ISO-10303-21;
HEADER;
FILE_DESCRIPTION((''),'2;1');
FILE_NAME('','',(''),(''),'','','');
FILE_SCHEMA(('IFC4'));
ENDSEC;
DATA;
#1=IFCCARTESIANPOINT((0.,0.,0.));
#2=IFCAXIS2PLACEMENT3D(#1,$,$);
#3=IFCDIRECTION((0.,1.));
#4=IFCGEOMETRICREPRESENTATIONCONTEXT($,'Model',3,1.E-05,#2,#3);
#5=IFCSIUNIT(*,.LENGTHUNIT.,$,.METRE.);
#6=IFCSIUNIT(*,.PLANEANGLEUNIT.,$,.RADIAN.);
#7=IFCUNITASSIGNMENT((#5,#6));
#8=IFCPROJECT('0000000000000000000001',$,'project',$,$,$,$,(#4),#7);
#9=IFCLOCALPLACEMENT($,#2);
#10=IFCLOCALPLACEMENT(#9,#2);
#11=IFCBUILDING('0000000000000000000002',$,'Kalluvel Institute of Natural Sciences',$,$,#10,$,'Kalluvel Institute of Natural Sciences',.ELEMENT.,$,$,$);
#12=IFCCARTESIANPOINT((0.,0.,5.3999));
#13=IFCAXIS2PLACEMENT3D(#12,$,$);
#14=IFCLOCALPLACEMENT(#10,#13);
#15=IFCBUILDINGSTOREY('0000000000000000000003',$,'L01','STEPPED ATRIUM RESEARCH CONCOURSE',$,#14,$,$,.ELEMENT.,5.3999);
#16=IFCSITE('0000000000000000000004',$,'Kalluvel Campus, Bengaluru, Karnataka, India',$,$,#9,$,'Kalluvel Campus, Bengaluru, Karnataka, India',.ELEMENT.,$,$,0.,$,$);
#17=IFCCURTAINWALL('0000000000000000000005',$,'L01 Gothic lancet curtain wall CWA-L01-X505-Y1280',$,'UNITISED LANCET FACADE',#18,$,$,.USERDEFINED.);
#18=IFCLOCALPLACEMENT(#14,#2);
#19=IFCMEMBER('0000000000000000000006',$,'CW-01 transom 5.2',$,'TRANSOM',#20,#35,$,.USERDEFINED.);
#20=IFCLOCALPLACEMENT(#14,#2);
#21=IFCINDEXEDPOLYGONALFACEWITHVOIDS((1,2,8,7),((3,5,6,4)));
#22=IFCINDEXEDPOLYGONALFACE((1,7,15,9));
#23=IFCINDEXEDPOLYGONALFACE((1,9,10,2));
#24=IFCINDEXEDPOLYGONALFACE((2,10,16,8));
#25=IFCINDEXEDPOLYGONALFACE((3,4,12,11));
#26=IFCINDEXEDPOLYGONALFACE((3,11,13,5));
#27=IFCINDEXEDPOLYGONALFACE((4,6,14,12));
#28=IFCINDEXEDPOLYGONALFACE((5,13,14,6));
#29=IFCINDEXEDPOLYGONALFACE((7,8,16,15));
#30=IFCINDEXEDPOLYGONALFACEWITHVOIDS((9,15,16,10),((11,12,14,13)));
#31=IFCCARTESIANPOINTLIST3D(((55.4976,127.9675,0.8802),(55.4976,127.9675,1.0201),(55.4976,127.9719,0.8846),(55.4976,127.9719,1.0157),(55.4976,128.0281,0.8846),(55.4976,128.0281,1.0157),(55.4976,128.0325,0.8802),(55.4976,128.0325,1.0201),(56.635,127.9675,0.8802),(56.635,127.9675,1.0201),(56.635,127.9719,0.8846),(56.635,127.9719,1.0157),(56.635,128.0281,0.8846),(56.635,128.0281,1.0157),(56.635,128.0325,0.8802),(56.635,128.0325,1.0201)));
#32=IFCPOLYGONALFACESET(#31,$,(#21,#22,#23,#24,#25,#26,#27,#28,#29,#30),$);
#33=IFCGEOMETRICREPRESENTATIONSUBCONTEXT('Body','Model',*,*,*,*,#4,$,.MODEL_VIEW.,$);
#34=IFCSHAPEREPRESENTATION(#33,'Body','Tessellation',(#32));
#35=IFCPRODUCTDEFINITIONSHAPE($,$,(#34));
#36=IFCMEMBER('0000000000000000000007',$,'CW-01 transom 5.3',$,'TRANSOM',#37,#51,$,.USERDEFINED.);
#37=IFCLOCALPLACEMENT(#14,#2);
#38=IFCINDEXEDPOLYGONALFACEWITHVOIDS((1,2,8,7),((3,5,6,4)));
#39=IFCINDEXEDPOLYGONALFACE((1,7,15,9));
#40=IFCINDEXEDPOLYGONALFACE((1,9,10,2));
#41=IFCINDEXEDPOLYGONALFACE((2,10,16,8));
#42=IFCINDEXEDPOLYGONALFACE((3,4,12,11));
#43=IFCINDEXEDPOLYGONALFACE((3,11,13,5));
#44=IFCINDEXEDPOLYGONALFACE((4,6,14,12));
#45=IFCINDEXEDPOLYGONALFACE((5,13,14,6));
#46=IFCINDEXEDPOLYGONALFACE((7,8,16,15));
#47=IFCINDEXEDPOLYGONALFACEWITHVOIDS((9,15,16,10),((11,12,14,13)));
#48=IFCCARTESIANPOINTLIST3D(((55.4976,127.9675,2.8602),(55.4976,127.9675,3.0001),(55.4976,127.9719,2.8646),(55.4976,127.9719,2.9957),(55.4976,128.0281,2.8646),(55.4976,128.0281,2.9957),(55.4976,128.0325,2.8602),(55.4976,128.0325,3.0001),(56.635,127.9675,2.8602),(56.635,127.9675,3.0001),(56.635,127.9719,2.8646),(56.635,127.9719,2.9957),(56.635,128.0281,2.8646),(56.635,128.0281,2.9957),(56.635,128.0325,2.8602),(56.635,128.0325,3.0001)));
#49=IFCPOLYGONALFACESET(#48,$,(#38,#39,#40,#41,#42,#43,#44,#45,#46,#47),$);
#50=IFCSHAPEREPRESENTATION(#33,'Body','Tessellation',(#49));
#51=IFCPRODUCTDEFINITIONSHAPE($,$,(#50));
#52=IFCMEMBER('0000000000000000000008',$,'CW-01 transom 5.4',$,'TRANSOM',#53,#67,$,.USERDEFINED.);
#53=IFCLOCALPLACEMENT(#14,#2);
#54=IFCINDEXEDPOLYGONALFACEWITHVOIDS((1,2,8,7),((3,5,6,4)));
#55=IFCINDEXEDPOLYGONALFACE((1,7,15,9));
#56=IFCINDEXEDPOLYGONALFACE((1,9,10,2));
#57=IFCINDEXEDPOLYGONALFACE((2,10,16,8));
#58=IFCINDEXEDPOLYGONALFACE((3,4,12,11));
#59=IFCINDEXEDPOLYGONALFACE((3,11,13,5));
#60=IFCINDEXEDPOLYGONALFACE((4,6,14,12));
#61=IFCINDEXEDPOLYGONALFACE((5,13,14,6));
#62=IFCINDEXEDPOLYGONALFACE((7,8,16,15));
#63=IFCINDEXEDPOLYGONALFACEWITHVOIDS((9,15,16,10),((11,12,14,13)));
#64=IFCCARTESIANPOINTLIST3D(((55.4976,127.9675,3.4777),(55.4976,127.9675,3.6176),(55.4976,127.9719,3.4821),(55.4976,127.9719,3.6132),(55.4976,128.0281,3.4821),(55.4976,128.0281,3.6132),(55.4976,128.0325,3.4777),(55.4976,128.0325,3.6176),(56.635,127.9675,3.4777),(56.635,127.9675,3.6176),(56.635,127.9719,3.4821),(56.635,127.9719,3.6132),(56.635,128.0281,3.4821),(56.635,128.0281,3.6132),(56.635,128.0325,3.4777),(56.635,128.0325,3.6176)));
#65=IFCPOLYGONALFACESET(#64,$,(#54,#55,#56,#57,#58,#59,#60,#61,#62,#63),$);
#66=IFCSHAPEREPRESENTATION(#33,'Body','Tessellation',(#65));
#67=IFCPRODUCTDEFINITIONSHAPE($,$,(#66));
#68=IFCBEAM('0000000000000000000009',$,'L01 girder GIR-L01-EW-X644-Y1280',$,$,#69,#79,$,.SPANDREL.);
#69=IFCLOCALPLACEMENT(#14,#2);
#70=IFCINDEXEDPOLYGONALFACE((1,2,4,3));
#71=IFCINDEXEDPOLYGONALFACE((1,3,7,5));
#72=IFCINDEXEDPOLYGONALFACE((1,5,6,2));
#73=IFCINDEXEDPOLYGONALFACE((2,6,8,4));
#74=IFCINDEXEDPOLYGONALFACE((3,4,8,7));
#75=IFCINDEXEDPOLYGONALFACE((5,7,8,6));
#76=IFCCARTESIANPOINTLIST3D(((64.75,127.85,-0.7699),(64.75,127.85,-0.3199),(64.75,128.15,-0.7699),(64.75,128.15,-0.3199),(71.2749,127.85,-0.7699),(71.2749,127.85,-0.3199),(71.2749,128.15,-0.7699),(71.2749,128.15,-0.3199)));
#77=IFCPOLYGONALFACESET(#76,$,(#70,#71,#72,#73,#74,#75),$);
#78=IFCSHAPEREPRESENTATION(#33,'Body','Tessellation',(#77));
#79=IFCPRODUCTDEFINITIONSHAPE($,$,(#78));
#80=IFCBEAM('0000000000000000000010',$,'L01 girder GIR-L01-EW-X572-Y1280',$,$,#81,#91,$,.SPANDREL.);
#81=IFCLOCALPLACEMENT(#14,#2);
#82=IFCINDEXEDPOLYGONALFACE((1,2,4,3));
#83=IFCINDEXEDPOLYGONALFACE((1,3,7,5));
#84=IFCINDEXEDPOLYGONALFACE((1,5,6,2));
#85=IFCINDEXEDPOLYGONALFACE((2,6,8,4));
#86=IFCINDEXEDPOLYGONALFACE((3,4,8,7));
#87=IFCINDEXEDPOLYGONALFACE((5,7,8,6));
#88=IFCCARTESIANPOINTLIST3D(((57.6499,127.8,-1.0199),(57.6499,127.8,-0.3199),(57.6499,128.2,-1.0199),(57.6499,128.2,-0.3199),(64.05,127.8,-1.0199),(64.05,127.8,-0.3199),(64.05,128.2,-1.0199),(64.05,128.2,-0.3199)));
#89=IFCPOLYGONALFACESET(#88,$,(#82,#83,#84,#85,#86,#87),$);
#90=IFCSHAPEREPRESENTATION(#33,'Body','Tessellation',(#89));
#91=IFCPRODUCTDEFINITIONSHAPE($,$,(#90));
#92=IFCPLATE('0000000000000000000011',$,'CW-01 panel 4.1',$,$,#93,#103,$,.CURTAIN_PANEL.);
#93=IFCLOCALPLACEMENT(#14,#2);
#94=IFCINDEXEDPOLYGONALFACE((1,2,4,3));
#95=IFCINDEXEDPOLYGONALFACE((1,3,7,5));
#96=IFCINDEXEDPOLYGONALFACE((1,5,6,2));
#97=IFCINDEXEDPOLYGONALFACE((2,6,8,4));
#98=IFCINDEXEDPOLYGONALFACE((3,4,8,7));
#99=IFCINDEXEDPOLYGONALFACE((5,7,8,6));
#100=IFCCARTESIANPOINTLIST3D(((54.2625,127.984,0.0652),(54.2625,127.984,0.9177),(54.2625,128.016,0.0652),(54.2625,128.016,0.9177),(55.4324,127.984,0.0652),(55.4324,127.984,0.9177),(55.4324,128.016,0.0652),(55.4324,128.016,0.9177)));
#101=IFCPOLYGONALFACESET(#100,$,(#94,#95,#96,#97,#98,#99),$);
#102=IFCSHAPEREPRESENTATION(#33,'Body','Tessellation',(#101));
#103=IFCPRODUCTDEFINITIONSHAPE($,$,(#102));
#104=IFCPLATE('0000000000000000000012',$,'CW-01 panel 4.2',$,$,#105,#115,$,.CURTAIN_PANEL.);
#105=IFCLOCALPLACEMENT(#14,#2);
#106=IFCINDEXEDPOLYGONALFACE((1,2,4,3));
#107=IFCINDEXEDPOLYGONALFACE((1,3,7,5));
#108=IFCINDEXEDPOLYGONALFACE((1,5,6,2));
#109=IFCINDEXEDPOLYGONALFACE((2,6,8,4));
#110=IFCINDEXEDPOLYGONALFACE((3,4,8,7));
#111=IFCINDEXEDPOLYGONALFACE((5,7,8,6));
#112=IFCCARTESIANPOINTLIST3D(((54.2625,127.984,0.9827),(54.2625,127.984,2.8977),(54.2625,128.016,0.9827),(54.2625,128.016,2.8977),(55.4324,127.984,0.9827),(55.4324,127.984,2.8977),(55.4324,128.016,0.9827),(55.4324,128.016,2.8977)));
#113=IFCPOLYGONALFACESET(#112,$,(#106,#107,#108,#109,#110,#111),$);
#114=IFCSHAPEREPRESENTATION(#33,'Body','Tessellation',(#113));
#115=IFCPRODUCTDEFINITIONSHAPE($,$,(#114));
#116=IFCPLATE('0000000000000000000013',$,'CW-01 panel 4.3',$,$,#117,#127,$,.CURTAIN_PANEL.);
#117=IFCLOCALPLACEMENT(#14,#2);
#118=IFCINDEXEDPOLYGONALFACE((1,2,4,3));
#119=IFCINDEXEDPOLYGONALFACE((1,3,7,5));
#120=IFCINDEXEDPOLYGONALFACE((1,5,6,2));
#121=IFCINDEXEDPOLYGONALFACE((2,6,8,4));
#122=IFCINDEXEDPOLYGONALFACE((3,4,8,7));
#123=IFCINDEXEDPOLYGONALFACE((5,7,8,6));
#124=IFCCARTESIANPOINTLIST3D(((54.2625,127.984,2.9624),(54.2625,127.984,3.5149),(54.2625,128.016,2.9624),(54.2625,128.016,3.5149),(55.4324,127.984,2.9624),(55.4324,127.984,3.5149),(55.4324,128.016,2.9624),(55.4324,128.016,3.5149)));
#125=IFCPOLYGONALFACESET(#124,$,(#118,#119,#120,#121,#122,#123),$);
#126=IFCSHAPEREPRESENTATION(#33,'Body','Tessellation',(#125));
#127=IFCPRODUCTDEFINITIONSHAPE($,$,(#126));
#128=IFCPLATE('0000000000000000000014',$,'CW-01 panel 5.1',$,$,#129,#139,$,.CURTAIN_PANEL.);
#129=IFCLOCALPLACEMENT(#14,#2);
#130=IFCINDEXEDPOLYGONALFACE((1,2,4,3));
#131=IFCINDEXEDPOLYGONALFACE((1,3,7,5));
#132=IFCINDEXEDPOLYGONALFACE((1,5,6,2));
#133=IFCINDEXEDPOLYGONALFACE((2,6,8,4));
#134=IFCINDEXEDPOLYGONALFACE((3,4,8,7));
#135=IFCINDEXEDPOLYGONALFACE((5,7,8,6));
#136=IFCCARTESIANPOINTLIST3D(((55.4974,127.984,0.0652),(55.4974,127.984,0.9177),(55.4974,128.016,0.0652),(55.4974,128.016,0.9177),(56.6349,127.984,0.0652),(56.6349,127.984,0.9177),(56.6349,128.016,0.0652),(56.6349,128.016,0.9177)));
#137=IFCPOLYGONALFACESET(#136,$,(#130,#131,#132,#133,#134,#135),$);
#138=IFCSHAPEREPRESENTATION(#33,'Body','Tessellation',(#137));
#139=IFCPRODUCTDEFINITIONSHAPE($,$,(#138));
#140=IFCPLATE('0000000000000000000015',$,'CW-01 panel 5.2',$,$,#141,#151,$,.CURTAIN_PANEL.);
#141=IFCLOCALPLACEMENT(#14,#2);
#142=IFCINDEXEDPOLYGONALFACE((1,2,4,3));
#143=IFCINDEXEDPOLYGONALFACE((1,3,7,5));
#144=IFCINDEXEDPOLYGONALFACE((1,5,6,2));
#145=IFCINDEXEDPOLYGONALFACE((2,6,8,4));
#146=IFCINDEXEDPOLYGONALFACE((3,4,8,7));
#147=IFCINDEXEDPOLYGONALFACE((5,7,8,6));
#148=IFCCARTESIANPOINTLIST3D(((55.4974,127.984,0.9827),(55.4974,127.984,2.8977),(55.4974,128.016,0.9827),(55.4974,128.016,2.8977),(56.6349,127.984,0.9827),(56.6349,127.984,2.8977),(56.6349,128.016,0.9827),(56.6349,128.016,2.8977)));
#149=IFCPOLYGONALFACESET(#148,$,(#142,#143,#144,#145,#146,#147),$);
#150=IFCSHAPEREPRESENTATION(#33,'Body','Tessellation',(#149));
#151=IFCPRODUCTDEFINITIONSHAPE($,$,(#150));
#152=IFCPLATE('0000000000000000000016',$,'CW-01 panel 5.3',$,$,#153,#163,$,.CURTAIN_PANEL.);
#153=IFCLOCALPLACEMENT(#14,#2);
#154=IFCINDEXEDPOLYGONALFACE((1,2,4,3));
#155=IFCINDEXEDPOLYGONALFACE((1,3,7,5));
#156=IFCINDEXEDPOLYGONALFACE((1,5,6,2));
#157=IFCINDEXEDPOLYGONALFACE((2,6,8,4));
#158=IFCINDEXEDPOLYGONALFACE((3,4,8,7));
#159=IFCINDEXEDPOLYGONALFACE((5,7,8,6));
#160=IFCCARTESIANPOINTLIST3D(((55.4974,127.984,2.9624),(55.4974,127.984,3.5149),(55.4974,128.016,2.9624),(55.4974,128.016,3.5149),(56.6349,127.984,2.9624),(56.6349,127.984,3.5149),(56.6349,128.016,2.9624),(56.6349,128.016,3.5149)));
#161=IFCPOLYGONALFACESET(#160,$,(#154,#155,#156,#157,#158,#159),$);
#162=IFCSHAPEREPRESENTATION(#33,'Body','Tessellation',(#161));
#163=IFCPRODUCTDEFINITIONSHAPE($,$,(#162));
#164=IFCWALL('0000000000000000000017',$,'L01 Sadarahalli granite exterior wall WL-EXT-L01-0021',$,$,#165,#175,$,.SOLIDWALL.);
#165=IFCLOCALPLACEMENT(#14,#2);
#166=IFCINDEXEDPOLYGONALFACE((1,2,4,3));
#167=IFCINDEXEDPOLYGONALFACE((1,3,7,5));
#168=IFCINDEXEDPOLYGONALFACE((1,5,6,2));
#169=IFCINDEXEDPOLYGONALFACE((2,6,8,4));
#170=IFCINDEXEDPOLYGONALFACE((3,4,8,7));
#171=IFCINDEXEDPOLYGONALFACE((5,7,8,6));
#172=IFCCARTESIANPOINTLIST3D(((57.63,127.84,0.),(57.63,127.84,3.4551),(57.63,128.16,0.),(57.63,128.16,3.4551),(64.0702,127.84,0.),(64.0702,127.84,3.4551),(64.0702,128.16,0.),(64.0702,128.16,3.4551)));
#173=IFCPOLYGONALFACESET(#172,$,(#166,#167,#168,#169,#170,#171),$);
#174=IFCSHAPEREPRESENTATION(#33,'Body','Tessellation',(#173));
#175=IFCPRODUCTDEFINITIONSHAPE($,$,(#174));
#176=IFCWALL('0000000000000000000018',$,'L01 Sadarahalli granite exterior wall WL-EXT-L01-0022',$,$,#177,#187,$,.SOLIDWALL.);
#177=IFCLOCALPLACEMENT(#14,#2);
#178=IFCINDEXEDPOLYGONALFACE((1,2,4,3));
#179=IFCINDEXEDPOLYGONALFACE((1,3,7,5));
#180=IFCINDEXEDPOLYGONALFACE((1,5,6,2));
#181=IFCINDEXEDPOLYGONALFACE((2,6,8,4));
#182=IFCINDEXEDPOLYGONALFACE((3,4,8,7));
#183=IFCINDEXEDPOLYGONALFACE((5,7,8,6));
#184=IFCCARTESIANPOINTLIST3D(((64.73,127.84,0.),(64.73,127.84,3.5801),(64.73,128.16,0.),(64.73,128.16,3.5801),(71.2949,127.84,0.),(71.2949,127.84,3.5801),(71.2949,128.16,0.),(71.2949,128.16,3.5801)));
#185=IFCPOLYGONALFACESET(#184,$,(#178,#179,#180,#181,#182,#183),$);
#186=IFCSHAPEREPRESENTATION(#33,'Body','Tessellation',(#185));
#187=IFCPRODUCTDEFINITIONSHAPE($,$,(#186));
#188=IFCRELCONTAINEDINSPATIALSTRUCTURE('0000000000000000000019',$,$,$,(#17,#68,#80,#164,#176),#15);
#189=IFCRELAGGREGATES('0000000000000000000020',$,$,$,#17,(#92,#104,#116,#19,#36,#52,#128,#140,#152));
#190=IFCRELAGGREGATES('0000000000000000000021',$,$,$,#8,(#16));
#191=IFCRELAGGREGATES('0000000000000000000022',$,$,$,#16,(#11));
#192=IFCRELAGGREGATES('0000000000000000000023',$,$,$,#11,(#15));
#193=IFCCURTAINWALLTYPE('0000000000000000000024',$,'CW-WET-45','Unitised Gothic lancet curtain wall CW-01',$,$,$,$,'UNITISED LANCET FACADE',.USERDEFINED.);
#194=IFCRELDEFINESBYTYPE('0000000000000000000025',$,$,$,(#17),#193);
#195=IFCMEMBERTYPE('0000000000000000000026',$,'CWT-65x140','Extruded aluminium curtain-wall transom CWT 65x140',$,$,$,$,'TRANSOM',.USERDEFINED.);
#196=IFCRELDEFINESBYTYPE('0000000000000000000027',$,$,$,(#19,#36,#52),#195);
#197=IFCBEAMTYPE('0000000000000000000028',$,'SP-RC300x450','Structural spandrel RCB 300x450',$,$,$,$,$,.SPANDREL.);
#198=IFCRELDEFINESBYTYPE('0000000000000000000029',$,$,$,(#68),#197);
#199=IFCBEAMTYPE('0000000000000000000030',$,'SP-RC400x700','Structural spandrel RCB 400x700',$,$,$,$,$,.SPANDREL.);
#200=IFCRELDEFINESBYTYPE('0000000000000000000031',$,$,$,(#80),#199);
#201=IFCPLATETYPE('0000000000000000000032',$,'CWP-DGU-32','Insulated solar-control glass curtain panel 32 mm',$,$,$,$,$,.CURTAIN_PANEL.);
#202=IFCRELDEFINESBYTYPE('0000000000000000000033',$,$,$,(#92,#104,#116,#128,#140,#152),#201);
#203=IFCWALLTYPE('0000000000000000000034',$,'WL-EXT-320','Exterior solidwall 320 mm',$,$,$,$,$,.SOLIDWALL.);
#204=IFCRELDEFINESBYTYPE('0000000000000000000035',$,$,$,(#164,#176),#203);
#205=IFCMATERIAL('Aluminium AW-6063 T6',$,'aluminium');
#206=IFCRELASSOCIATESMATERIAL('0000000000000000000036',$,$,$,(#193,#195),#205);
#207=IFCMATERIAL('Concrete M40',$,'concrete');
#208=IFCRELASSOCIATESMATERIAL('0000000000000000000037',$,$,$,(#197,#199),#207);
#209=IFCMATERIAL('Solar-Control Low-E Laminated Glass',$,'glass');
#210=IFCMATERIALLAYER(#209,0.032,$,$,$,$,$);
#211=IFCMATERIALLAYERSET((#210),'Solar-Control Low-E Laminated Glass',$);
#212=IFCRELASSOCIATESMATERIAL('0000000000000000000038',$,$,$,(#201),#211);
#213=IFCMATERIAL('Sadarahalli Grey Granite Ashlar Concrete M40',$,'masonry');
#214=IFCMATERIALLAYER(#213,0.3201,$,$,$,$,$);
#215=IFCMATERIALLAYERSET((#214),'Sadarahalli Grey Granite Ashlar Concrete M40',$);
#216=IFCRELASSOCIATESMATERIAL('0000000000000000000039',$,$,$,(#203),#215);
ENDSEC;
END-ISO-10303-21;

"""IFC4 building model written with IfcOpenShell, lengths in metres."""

from ifc_helpers import new_model, si_unit, direction, frame, frame_2d, origin, origin_2d, place, context, subcontext, project, spatial, rectangle, hollow_rectangle, extrude, material, layer, layer_set, material_profile, profile_set, type_object, element, aggregate, save


model = new_model("IFC4")

# Units and contexts
model_context = context("Model", 3, precision=1e-05, world=origin(), true_north=direction((0.0, 1.0)))
body_context = subcontext(model_context, "Body", "Model", "MODEL_VIEW")
ifc_project = project(units=[si_unit("LENGTHUNIT", "METRE"), si_unit("PLANEANGLEUNIT", "RADIAN")], contexts=[model_context])

# Site, building, storey
site_placement = place(None, origin())
site = spatial("IfcSite", under=ifc_project, at=site_placement, Name="Kalluvel Campus, Bengaluru, Karnataka, India", LongName="Kalluvel Campus, Bengaluru, Karnataka, India", CompositionType="ELEMENT", RefElevation=0.0)
building_placement = place(site_placement, origin())
building = spatial("IfcBuilding", under=site, at=building_placement, Name="Kalluvel Institute of Natural Sciences", LongName="Kalluvel Institute of Natural Sciences", CompositionType="ELEMENT")
storey_placement = place(building_placement, frame((0.0, 0.0, 5.3999)))
storey = spatial("IfcBuildingStorey", under=building, at=storey_placement, Name="L01", Description="STEPPED ATRIUM RESEARCH CONCOURSE", CompositionType="ELEMENT", Elevation=5.3999)

# Curtain wall, members
ifc_material_1 = material(Name="Aluminium AW-6063 T6", Category="aluminium")
curtain_wall_type = type_object("IfcCurtainWallType", Name="CW-WET-45", Description="Unitised Gothic lancet curtain wall CW-01", ElementType="UNITISED LANCET FACADE", PredefinedType="USERDEFINED", material=ifc_material_1)
curtain_wall_placement = place(storey_placement, origin())
curtain_wall = element("IfcCurtainWall", 1, at=curtain_wall_placement, inside=storey, type_object=curtain_wall_type, Name="L01 Gothic lancet curtain wall CWA-L01-X505-Y1280", ObjectType="UNITISED LANCET FACADE", PredefinedType="USERDEFINED")
ifc_material_profile_1 = material_profile(ifc_material_1, hollow_rectangle(XDim=0.0649, YDim=0.1399, WallThickness=0.0044, at=origin_2d()), Name="CWT 65x140")
ifc_profile_set_1 = profile_set([ifc_material_profile_1], Name="Aluminium AW-6063 T6")
member_type_1 = type_object("IfcMemberType", Name="CWT-65x140", Description="Extruded aluminium curtain-wall transom CWT 65x140", ElementType="TRANSOM", PredefinedType="USERDEFINED", material=ifc_profile_set_1)
member_1_placement = place(storey_placement, frame((55.4976, 128.0, 0.9502), z_axis=(1.0, 0.0, 0.0), x_axis=(0.0, 1.0, 0.0)))
member_1 = element("IfcMember", 2, at=member_1_placement, type_object=member_type_1, Name="CW-01 transom 5.2", ObjectType="TRANSOM", PredefinedType="USERDEFINED", context=body_context, shape_type="SweptSolid", body=[
    extrude(hollow_rectangle(XDim=0.0649, YDim=0.1399, WallThickness=0.0044, at=origin_2d()), origin(), (0.0, 0.0, 1.0), 1.1375),
])
member_2_placement = place(storey_placement, frame((55.4976, 128.0, 2.9302), z_axis=(1.0, 0.0, 0.0), x_axis=(0.0, 1.0, 0.0)))
member_2 = element("IfcMember", 3, at=member_2_placement, type_object=member_type_1, Name="CW-01 transom 5.3", ObjectType="TRANSOM", PredefinedType="USERDEFINED", context=body_context, shape_type="SweptSolid", body=[
    extrude(hollow_rectangle(XDim=0.0649, YDim=0.1399, WallThickness=0.0044, at=origin_2d()), origin(), (0.0, 0.0, 1.0), 1.1375),
])
member_3_placement = place(storey_placement, frame((55.4976, 128.0, 3.5476), z_axis=(1.0, 0.0, 0.0), x_axis=(0.0, 1.0, 0.0)))
member_3 = element("IfcMember", 4, at=member_3_placement, type_object=member_type_1, Name="CW-01 transom 5.4", ObjectType="TRANSOM", PredefinedType="USERDEFINED", context=body_context, shape_type="SweptSolid", body=[
    extrude(hollow_rectangle(XDim=0.0649, YDim=0.1399, WallThickness=0.0044, at=origin_2d()), origin(), (0.0, 0.0, 1.0), 1.1375),
])

# Beams
ifc_material_2 = material(Name="Concrete M40", Category="concrete")
ifc_material_profile_2 = material_profile(ifc_material_2, rectangle(XDim=0.3, YDim=0.45, at=origin_2d()), Name="RCB 300x450")
ifc_profile_set_2 = profile_set([ifc_material_profile_2], Name="Concrete M40")
beam_type_1 = type_object("IfcBeamType", Name="SP-RC300x450", Description="Structural spandrel RCB 300x450", PredefinedType="SPANDREL", material=ifc_profile_set_2)
beam_1_placement = place(storey_placement, frame((64.75, 128.0, -0.5449), z_axis=(1.0, 0.0, 0.0), x_axis=(0.0, 1.0, 0.0)))
element("IfcBeam", 5, at=beam_1_placement, inside=storey, type_object=beam_type_1, Name="L01 girder GIR-L01-EW-X644-Y1280", PredefinedType="SPANDREL", context=body_context, shape_type="SweptSolid", body=[
    extrude(rectangle(XDim=0.3, YDim=0.45, at=origin_2d()), origin(), (0.0, 0.0, 1.0), 6.5249),
])
ifc_material_profile_3 = material_profile(ifc_material_2, rectangle(XDim=0.3999, YDim=0.7, at=origin_2d()), Name="RCB 400x700")
ifc_profile_set_3 = profile_set([ifc_material_profile_3], Name="Concrete M40")
beam_type_2 = type_object("IfcBeamType", Name="SP-RC400x700", Description="Structural spandrel RCB 400x700", PredefinedType="SPANDREL", material=ifc_profile_set_3)
beam_2_placement = place(storey_placement, frame((57.6499, 128.0, -0.6699), z_axis=(1.0, 0.0, 0.0), x_axis=(0.0, 1.0, 0.0)))
element("IfcBeam", 6, at=beam_2_placement, inside=storey, type_object=beam_type_2, Name="L01 girder GIR-L01-EW-X572-Y1280", PredefinedType="SPANDREL", context=body_context, shape_type="SweptSolid", body=[
    extrude(rectangle(XDim=0.3999, YDim=0.7, at=origin_2d()), origin(), (0.0, 0.0, 1.0), 6.4001),
])

# Plates
ifc_material_3 = material(Name="Solar-Control Low-E Laminated Glass", Category="glass")
ifc_layer_1 = layer(ifc_material_3, 0.032)
ifc_layer_set_1 = layer_set([ifc_layer_1], Name="Solar-Control Low-E Laminated Glass")
plate_type = type_object("IfcPlateType", Name="CWP-DGU-32", Description="Insulated solar-control glass curtain panel 32 mm", PredefinedType="CURTAIN_PANEL", material=ifc_layer_set_1)
plate_1_placement = place(storey_placement, frame((54.8474, 128.0, 0.0652), z_axis=(0.0, 0.0, 1.0), x_axis=(1.0, 0.0, 0.0)))
plate_1 = element("IfcPlate", 7, at=plate_1_placement, type_object=plate_type, Name="CW-01 panel 4.1", PredefinedType="CURTAIN_PANEL", context=body_context, shape_type="SweptSolid", body=[
    extrude(rectangle(XDim=1.1699, YDim=0.032, at=origin_2d()), origin(), (0.0, 0.0, 1.0), 0.8525),
])
plate_2_placement = place(storey_placement, frame((54.8474, 128.0, 0.9827), z_axis=(0.0, 0.0, 1.0), x_axis=(1.0, 0.0, 0.0)))
plate_2 = element("IfcPlate", 8, at=plate_2_placement, type_object=plate_type, Name="CW-01 panel 4.2", PredefinedType="CURTAIN_PANEL", context=body_context, shape_type="SweptSolid", body=[
    extrude(rectangle(XDim=1.1699, YDim=0.032, at=origin_2d()), origin(), (0.0, 0.0, 1.0), 1.915),
])
plate_3_placement = place(storey_placement, frame((54.8474, 128.0, 2.9624), z_axis=(0.0, 0.0, 1.0), x_axis=(1.0, 0.0, 0.0)))
plate_3 = element("IfcPlate", 9, at=plate_3_placement, type_object=plate_type, Name="CW-01 panel 4.3", PredefinedType="CURTAIN_PANEL", context=body_context, shape_type="SweptSolid", body=[
    extrude(rectangle(XDim=1.1699, YDim=0.032, at=origin_2d()), origin(), (0.0, 0.0, 1.0), 0.5525),
])
plate_4_placement = place(storey_placement, frame((56.0662, 128.0, 0.0652), z_axis=(0.0, 0.0, 1.0), x_axis=(1.0, 0.0, 0.0)))
plate_4 = element("IfcPlate", 10, at=plate_4_placement, type_object=plate_type, Name="CW-01 panel 5.1", PredefinedType="CURTAIN_PANEL", context=body_context, shape_type="SweptSolid", body=[
    extrude(rectangle(XDim=1.1375, YDim=0.032, at=origin_2d()), origin(), (0.0, 0.0, 1.0), 0.8525),
])
plate_5_placement = place(storey_placement, frame((56.0662, 128.0, 0.9827), z_axis=(0.0, 0.0, 1.0), x_axis=(1.0, 0.0, 0.0)))
plate_5 = element("IfcPlate", 11, at=plate_5_placement, type_object=plate_type, Name="CW-01 panel 5.2", PredefinedType="CURTAIN_PANEL", context=body_context, shape_type="SweptSolid", body=[
    extrude(rectangle(XDim=1.1375, YDim=0.032, at=origin_2d()), origin(), (0.0, 0.0, 1.0), 1.915),
])
plate_6_placement = place(storey_placement, frame((56.0662, 128.0, 2.9624), z_axis=(0.0, 0.0, 1.0), x_axis=(1.0, 0.0, 0.0)))
plate_6 = element("IfcPlate", 12, at=plate_6_placement, type_object=plate_type, Name="CW-01 panel 5.3", PredefinedType="CURTAIN_PANEL", context=body_context, shape_type="SweptSolid", body=[
    extrude(rectangle(XDim=1.1375, YDim=0.032, at=origin_2d()), origin(), (0.0, 0.0, 1.0), 0.5525),
])
aggregate(curtain_wall, [plate_1, plate_2, plate_3, member_1, member_2, member_3, plate_4, plate_5, plate_6])

# Walls
ifc_material_4 = material(Name="Sadarahalli Grey Granite Ashlar Concrete M40", Category="masonry")
ifc_layer_2 = layer(ifc_material_4, 0.3201)
ifc_layer_set_2 = layer_set([ifc_layer_2], Name="Sadarahalli Grey Granite Ashlar Concrete M40")
wall_type = type_object("IfcWallType", Name="WL-EXT-320", Description="Exterior solidwall 320 mm", PredefinedType="SOLIDWALL", material=ifc_layer_set_2)
wall_1_placement = place(storey_placement, frame((57.6299, 128.0, 0.0), z_axis=(0.0, 0.0, 1.0), x_axis=(1.0, 0.0, 0.0)))
element("IfcWall", 13, at=wall_1_placement, inside=storey, type_object=wall_type, Name="L01 Sadarahalli granite exterior wall WL-EXT-L01-0021", PredefinedType="SOLIDWALL", context=body_context, shape_type="SweptSolid", body=[
    extrude(rectangle(XDim=6.4402, YDim=0.3201, at=frame_2d((3.2202, 0.0))), origin(), (0.0, 0.0, 1.0), 3.4551),
])
wall_2_placement = place(storey_placement, frame((64.73, 128.0, 0.0), z_axis=(0.0, 0.0, 1.0), x_axis=(1.0, 0.0, 0.0)))
element("IfcWall", 14, at=wall_2_placement, inside=storey, type_object=wall_type, Name="L01 Sadarahalli granite exterior wall WL-EXT-L01-0022", PredefinedType="SOLIDWALL", context=body_context, shape_type="SweptSolid", body=[
    extrude(rectangle(XDim=6.5649, YDim=0.3201, at=frame_2d((3.2825, 0.0))), origin(), (0.0, 0.0, 1.0), 3.5801),
])

save(model, "model.ifc")
